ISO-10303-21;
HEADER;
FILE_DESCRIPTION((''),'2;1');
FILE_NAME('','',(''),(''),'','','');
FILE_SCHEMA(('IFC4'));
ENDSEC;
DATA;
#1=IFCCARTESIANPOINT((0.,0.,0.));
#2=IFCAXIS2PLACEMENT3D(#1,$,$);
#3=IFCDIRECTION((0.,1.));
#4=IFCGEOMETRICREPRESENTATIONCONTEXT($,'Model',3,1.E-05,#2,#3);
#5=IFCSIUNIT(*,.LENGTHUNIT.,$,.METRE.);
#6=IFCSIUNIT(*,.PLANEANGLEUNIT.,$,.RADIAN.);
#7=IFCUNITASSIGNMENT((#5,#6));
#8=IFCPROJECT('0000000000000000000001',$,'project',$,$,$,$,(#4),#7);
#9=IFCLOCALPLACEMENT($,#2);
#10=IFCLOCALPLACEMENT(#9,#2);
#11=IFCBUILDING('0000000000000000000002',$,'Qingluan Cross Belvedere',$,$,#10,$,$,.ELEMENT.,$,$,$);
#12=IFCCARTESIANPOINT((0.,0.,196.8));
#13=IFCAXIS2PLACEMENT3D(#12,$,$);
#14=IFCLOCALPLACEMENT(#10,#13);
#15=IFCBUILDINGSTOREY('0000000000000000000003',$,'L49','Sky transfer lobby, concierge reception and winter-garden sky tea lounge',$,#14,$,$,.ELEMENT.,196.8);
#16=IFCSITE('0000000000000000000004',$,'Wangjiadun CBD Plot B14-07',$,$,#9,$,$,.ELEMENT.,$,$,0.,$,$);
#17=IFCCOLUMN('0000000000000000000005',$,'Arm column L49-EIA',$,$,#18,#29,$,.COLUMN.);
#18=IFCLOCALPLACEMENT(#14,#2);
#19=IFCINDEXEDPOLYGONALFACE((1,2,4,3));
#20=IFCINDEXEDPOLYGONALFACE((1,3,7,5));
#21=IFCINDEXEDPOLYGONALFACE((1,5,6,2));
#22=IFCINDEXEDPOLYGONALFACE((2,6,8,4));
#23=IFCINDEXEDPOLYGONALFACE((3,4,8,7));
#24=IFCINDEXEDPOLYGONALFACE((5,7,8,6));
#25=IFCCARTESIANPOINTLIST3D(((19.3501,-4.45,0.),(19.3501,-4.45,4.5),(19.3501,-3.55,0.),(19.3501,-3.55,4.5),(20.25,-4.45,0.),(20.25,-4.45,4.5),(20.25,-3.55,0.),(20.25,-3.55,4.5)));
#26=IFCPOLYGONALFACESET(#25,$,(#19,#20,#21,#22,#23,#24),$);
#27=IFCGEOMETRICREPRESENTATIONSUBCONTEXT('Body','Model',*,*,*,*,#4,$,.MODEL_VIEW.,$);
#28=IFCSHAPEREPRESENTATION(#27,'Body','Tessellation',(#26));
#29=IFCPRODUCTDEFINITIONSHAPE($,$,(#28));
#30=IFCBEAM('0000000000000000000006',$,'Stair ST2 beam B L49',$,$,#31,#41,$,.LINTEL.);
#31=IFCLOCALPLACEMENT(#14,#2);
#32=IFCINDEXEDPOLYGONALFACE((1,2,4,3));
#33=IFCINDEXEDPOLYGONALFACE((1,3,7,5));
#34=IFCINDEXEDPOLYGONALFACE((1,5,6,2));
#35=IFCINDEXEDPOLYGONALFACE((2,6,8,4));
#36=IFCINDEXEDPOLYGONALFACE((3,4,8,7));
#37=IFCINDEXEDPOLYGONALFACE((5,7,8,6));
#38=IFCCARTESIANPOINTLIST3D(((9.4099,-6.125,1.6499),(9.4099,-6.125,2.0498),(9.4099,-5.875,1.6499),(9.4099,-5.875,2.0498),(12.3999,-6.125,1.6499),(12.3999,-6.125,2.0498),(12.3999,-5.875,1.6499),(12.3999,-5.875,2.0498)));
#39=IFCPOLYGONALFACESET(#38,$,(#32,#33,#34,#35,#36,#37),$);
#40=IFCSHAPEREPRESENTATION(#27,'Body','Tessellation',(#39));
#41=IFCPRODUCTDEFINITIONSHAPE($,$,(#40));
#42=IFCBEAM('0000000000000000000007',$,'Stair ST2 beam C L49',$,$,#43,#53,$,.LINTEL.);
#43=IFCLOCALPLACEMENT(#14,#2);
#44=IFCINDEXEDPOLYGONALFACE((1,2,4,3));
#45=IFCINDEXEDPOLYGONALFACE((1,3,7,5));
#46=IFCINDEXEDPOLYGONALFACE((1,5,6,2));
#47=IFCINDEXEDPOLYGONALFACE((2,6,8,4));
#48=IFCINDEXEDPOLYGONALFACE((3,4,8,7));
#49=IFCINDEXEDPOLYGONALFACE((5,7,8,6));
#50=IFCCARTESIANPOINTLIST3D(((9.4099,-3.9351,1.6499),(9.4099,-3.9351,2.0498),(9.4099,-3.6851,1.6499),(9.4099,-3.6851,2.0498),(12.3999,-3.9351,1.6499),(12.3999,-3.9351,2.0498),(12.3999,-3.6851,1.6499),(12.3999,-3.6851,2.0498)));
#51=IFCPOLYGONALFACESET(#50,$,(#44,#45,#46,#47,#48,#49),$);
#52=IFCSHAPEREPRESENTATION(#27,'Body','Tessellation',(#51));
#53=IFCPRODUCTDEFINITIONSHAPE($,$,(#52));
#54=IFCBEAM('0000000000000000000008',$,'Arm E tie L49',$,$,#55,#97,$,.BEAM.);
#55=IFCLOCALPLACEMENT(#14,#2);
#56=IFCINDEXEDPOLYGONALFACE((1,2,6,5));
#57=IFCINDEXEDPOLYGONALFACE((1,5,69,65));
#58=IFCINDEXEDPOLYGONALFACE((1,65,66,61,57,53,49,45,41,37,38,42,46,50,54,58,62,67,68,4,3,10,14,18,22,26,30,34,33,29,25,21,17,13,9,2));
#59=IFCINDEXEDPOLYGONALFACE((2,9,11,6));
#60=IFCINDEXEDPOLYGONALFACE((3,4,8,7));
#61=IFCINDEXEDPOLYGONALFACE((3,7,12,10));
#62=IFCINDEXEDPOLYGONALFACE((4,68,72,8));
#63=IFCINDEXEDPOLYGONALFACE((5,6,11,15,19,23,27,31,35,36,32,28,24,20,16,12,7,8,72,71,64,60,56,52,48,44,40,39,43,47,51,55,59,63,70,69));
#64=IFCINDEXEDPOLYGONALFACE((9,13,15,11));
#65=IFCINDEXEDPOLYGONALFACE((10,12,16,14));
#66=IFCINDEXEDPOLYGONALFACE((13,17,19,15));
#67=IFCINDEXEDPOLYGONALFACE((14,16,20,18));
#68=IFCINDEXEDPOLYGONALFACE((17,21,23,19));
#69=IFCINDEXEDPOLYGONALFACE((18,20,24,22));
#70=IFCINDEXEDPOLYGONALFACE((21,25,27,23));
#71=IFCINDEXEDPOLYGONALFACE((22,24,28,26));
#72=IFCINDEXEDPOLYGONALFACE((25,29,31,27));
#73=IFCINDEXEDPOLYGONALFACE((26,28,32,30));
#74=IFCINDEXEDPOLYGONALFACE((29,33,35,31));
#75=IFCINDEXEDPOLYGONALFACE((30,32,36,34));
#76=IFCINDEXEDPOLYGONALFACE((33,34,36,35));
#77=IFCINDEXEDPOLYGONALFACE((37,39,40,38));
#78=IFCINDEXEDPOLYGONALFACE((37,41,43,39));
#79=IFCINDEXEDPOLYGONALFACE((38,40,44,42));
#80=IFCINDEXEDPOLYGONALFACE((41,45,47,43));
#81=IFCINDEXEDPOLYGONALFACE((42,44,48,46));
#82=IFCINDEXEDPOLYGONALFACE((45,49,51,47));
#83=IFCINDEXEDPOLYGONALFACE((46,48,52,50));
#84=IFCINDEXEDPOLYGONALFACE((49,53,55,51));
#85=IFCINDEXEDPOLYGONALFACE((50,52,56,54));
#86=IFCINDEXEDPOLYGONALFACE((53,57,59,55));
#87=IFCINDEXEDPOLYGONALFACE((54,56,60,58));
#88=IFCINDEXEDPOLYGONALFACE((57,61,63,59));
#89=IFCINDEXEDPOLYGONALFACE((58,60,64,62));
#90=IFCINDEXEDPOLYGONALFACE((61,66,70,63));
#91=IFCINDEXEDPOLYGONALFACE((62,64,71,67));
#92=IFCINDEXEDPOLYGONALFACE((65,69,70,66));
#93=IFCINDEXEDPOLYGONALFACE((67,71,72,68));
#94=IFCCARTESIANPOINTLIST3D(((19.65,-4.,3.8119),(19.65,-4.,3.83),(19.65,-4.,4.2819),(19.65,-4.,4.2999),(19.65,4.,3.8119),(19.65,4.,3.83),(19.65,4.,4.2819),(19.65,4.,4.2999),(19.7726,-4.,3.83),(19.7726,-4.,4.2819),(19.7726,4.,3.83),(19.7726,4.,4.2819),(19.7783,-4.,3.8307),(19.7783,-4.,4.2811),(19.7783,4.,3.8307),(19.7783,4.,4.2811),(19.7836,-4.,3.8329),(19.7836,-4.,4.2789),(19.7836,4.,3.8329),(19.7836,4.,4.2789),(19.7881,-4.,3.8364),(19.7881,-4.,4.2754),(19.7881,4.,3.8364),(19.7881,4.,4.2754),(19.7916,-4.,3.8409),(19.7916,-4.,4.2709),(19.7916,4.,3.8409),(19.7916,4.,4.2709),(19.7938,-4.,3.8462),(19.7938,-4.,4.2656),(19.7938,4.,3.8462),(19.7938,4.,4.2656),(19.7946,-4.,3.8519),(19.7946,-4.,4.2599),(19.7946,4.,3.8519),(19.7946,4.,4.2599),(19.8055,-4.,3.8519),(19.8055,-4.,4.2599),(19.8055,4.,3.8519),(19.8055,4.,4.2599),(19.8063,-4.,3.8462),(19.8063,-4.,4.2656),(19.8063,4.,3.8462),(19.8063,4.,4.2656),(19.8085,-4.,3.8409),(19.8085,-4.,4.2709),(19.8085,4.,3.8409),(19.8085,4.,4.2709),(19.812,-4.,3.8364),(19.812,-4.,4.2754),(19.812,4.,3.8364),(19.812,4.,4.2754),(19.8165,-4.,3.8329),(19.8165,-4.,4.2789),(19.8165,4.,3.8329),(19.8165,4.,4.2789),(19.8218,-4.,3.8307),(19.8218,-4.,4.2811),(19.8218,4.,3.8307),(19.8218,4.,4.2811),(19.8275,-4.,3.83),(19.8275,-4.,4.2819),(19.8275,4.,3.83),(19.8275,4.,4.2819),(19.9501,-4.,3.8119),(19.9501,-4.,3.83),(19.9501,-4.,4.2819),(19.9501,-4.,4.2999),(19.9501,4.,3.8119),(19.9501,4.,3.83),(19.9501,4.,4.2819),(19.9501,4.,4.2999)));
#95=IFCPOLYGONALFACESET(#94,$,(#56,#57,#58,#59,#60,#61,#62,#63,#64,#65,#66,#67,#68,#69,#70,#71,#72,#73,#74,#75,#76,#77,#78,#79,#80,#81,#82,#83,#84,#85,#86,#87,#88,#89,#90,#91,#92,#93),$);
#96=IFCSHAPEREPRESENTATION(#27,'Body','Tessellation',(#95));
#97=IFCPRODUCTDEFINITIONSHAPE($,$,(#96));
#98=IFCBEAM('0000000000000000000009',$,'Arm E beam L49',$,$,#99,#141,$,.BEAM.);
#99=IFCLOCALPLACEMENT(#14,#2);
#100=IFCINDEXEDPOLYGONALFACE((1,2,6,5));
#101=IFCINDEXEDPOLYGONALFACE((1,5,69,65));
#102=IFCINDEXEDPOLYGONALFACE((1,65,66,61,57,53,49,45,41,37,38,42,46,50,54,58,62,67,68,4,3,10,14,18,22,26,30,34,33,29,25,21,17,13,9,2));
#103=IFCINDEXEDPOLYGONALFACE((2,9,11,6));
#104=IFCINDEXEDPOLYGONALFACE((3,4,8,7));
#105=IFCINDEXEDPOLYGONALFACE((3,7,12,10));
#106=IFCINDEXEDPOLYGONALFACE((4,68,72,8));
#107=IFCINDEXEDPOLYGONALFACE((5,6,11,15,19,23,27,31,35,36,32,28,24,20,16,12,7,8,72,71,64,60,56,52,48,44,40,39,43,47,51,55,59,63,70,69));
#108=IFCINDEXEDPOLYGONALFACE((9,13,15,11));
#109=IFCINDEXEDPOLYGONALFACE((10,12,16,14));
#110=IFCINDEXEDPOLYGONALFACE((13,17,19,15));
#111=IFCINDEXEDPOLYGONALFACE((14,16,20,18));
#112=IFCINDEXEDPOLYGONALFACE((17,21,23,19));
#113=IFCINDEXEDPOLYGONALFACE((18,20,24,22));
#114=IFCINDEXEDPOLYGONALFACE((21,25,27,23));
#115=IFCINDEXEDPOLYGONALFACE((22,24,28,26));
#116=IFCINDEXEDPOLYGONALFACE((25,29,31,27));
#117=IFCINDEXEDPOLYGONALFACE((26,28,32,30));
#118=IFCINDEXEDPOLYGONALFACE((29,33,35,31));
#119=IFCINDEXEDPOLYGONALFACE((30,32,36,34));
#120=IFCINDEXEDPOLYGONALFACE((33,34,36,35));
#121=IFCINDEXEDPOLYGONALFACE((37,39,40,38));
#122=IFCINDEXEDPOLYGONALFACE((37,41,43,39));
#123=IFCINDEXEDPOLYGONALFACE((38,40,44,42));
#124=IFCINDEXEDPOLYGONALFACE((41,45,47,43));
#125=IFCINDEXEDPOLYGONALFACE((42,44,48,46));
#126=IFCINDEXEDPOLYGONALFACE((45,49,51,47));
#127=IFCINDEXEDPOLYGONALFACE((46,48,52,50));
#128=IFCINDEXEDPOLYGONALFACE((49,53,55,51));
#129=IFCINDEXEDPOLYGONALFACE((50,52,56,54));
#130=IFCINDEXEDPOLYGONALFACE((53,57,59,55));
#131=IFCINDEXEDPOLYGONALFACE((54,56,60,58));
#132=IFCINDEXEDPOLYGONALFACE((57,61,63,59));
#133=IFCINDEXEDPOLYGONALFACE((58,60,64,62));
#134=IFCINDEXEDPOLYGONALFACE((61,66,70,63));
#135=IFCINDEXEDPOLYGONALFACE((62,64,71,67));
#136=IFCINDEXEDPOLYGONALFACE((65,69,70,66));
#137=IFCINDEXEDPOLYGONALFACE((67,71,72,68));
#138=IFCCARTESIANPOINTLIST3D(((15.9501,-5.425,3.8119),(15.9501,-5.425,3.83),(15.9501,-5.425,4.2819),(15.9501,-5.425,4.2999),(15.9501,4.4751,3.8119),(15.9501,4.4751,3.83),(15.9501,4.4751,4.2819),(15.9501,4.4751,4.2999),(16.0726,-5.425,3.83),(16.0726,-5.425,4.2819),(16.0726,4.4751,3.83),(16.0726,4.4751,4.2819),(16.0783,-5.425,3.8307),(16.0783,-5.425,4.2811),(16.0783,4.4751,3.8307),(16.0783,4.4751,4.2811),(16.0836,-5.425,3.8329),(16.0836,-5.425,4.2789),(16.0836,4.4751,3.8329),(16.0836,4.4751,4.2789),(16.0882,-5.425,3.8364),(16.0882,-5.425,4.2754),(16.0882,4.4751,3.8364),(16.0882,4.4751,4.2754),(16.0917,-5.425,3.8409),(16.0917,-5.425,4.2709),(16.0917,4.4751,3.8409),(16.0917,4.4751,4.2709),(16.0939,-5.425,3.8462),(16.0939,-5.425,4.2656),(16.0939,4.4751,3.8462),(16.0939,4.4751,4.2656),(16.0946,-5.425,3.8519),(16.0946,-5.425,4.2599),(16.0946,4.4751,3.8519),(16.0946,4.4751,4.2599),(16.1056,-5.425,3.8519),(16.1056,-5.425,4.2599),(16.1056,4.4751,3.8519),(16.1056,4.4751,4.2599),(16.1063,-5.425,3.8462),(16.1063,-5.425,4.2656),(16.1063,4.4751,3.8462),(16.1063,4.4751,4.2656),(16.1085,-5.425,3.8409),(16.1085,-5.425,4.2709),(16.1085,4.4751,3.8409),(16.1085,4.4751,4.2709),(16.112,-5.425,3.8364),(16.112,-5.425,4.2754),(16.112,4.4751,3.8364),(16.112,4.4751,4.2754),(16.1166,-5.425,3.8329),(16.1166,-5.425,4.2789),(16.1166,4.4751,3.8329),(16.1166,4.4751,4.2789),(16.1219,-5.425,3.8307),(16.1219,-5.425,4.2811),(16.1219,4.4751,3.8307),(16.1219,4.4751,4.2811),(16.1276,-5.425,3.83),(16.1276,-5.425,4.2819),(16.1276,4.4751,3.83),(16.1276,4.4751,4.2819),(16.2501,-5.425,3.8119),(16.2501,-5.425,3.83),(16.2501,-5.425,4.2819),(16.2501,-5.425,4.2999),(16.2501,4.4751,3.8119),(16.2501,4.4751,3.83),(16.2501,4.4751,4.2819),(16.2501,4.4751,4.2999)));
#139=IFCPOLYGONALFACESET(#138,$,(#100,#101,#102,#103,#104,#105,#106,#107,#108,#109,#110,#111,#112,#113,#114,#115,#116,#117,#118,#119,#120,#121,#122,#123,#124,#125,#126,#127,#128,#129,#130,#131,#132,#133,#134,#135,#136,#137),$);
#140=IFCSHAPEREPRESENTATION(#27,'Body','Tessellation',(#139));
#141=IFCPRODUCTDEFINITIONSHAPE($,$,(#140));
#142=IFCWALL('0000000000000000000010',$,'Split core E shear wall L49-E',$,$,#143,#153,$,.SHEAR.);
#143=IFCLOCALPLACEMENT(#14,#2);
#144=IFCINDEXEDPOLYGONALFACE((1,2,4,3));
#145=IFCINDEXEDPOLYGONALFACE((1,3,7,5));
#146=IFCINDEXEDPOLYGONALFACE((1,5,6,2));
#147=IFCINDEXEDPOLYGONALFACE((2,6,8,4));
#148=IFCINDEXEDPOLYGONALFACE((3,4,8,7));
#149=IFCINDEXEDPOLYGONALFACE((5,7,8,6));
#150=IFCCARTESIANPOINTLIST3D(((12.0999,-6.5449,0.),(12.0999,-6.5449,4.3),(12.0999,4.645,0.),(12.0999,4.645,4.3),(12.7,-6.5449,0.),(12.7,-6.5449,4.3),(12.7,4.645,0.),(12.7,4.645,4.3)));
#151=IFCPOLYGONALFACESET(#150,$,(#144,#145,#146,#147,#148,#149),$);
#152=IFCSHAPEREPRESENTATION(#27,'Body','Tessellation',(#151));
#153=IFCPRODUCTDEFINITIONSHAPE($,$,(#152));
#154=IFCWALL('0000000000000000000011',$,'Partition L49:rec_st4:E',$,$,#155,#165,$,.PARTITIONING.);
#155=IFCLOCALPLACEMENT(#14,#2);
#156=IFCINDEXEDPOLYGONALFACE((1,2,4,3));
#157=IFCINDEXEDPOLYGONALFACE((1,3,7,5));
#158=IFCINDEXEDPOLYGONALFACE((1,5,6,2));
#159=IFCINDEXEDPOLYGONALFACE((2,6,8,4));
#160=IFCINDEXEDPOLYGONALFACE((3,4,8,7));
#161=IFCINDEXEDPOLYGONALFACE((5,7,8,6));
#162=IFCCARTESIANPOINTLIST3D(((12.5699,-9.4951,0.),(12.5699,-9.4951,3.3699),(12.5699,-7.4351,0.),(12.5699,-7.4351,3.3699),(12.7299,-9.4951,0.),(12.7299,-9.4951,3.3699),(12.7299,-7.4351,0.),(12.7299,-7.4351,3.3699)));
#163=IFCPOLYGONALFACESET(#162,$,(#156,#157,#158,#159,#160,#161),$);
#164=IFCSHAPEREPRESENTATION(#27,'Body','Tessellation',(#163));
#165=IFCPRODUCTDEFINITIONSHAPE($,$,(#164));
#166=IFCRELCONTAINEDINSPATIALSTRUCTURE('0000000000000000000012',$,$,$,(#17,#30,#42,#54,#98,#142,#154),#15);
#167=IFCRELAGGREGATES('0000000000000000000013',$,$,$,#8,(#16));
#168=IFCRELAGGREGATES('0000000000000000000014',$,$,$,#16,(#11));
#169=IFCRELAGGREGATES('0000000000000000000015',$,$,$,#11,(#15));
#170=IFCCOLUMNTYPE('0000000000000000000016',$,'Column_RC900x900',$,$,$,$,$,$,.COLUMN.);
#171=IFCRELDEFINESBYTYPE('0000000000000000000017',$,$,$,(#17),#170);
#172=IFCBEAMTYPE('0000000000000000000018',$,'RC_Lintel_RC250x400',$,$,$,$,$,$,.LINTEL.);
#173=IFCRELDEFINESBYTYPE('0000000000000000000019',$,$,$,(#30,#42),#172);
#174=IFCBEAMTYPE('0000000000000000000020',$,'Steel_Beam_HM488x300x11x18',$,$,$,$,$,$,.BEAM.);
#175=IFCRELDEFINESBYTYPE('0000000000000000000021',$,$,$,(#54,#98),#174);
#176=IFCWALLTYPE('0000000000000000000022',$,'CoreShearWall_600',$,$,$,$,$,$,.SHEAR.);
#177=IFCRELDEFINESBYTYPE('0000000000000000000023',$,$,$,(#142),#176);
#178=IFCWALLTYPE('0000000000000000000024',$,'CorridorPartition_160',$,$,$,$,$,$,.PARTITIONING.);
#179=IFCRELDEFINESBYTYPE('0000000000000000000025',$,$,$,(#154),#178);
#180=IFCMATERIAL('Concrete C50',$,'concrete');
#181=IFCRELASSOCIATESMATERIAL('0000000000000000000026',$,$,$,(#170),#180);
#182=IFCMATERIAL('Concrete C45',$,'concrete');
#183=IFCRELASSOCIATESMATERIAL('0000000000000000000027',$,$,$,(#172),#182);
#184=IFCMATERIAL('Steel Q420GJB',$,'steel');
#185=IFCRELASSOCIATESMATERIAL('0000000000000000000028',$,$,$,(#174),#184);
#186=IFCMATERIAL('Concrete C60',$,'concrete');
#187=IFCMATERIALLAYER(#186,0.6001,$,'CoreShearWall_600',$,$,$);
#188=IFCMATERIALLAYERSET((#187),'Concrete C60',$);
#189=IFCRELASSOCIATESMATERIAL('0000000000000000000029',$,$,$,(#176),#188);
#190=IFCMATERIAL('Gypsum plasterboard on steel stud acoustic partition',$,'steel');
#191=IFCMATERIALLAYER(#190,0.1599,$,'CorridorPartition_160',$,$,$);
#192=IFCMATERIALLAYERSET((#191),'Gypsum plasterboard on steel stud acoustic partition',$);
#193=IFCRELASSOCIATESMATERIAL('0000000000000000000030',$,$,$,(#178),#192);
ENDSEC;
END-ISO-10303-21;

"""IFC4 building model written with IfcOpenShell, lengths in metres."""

from ifc_helpers import new_model, si_unit, direction, frame, frame_2d, origin, origin_2d, place, context, subcontext, project, spatial, rectangle, i_section, extrude, material, layer, layer_set, material_profile, profile_set, type_object, element, save


model = new_model("IFC4")

# Units and contexts
model_context = context("Model", 3, precision=1e-05, world=origin(), true_north=direction((0.0, 1.0)))
body_context = subcontext(model_context, "Body", "Model", "MODEL_VIEW")
ifc_project = project(units=[si_unit("LENGTHUNIT", "METRE"), si_unit("PLANEANGLEUNIT", "RADIAN")], contexts=[model_context])

# Site, building, storey
site_placement = place(None, origin())
site = spatial("IfcSite", under=ifc_project, at=site_placement, Name="Wangjiadun CBD Plot B14-07", CompositionType="ELEMENT", RefElevation=0.0)
building_placement = place(site_placement, origin())
building = spatial("IfcBuilding", under=site, at=building_placement, Name="Qingluan Cross Belvedere", CompositionType="ELEMENT")
storey_placement = place(building_placement, frame((0.0, 0.0, 196.8)))
storey = spatial("IfcBuildingStorey", under=building, at=storey_placement, Name="L49", Description="Sky transfer lobby, concierge reception and winter-garden sky tea lounge", CompositionType="ELEMENT", Elevation=196.8)

# Column
ifc_material_1 = material(Name="Concrete C50", Category="concrete")
ifc_material_profile_1 = material_profile(ifc_material_1, rectangle(XDim=0.8999, YDim=0.8999, at=origin_2d()), Name="RC900x900")
ifc_profile_set_1 = profile_set([ifc_material_profile_1], Name="Concrete C50")
column_type = type_object("IfcColumnType", Name="Column_RC900x900", PredefinedType="COLUMN", material=ifc_profile_set_1)
column_placement = place(storey_placement, frame((19.8, -4.0, 0.0), z_axis=(0.0, 0.0, 1.0), x_axis=(1.0, 0.0, 0.0)))
element("IfcColumn", 1, at=column_placement, inside=storey, type_object=column_type, Name="Arm column L49-EIA", PredefinedType="COLUMN", context=body_context, shape_type="SweptSolid", body=[
    extrude(rectangle(XDim=0.8999, YDim=0.8999, at=origin_2d()), origin(), (0.0, 0.0, 1.0), 4.5),
])

# Beams
ifc_material_2 = material(Name="Concrete C45", Category="concrete")
ifc_material_profile_2 = material_profile(ifc_material_2, rectangle(XDim=0.25, YDim=0.3999, at=origin_2d()), Name="RC250x400")
ifc_profile_set_2 = profile_set([ifc_material_profile_2], Name="Concrete C45")
beam_type_1 = type_object("IfcBeamType", Name="RC_Lintel_RC250x400", PredefinedType="LINTEL", material=ifc_profile_set_2)
for number, where, z_axis, x_axis, name in (
    (2, (12.3999, -6.0, 1.8499), (-1.0, 0.0, 0.0), (0.0, -1.0, 0.0), "Stair ST2 beam B L49"),
    (3, (12.3999, -3.8101, 1.8499), (-1.0, 0.0, 0.0), (0.0, -1.0, 0.0), "Stair ST2 beam C L49"),
):
    element("IfcBeam", number, at=place(storey_placement, frame(where, z_axis=z_axis, x_axis=x_axis)), inside=storey, type_object=beam_type_1, Name=name, PredefinedType="LINTEL", context=body_context, shape_type="SweptSolid", body=[
        extrude(rectangle(XDim=0.25, YDim=0.3999, at=origin_2d()), origin(), (0.0, 0.0, 1.0), 2.99),
    ])
ifc_material_3 = material(Name="Steel Q420GJB", Category="steel")
ifc_material_profile_3 = material_profile(ifc_material_3, i_section(OverallWidth=0.3, OverallDepth=0.488, WebThickness=0.011, FlangeThickness=0.0181, FilletRadius=0.022, at=origin_2d()), Name="HM488x300x11x18")
ifc_profile_set_3 = profile_set([ifc_material_profile_3], Name="Steel Q420GJB")
beam_type_2 = type_object("IfcBeamType", Name="Steel_Beam_HM488x300x11x18", PredefinedType="BEAM", material=ifc_profile_set_3)
beam_1_placement = place(storey_placement, frame((19.8, -4.0, 4.0559), z_axis=(0.0, 1.0, 0.0), x_axis=(-1.0, 0.0, 0.0)))
element("IfcBeam", 4, at=beam_1_placement, inside=storey, type_object=beam_type_2, Name="Arm E tie L49", PredefinedType="BEAM", context=body_context, shape_type="SweptSolid", body=[
    extrude(i_section(OverallWidth=0.3, OverallDepth=0.488, WebThickness=0.011, FlangeThickness=0.0181, FilletRadius=0.022, at=origin_2d()), origin(), (0.0, 0.0, 1.0), 8.0),
])
beam_2_placement = place(storey_placement, frame((16.1001, -5.425, 4.0559), z_axis=(0.0, 1.0, 0.0), x_axis=(-1.0, 0.0, 0.0)))
element("IfcBeam", 5, at=beam_2_placement, inside=storey, type_object=beam_type_2, Name="Arm E beam L49", PredefinedType="BEAM", context=body_context, shape_type="SweptSolid", body=[
    extrude(i_section(OverallWidth=0.3, OverallDepth=0.488, WebThickness=0.011, FlangeThickness=0.0181, FilletRadius=0.022, at=origin_2d()), origin(), (0.0, 0.0, 1.0), 9.9001),
])

# Walls
ifc_material_4 = material(Name="Concrete C60", Category="concrete")
ifc_layer_1 = layer(ifc_material_4, 0.6001, Name="CoreShearWall_600")
ifc_layer_set_1 = layer_set([ifc_layer_1], Name="Concrete C60")
wall_type_1 = type_object("IfcWallType", Name="CoreShearWall_600", PredefinedType="SHEAR", material=ifc_layer_set_1)
wall_1_placement = place(storey_placement, frame((12.3999, -6.5449, 0.0), z_axis=(0.0, 0.0, 1.0), x_axis=(0.0, 1.0, 0.0)))
element("IfcWall", 6, at=wall_1_placement, inside=storey, type_object=wall_type_1, Name="Split core E shear wall L49-E", PredefinedType="SHEAR", context=body_context, shape_type="SweptSolid", body=[
    extrude(rectangle(XDim=11.1899, YDim=0.6001, at=frame_2d((5.595, 0.0))), origin(), (0.0, 0.0, 1.0), 4.3),
])
ifc_material_5 = material(Name="Gypsum plasterboard on steel stud acoustic partition", Category="steel")
ifc_layer_2 = layer(ifc_material_5, 0.1599, Name="CorridorPartition_160")
ifc_layer_set_2 = layer_set([ifc_layer_2], Name="Gypsum plasterboard on steel stud acoustic partition")
wall_type_2 = type_object("IfcWallType", Name="CorridorPartition_160", PredefinedType="PARTITIONING", material=ifc_layer_set_2)
wall_2_placement = place(storey_placement, frame((12.6499, -9.4951, 0.0), z_axis=(0.0, 0.0, 1.0), x_axis=(0.0, 1.0, 0.0)))
element("IfcWall", 7, at=wall_2_placement, inside=storey, type_object=wall_type_2, Name="Partition L49:rec_st4:E", PredefinedType="PARTITIONING", context=body_context, shape_type="SweptSolid", body=[
    extrude(rectangle(XDim=2.0601, YDim=0.1599, at=frame_2d((1.03, 0.0))), origin(), (0.0, 0.0, 1.0), 3.3699),
])

save(model, "model.ifc")
